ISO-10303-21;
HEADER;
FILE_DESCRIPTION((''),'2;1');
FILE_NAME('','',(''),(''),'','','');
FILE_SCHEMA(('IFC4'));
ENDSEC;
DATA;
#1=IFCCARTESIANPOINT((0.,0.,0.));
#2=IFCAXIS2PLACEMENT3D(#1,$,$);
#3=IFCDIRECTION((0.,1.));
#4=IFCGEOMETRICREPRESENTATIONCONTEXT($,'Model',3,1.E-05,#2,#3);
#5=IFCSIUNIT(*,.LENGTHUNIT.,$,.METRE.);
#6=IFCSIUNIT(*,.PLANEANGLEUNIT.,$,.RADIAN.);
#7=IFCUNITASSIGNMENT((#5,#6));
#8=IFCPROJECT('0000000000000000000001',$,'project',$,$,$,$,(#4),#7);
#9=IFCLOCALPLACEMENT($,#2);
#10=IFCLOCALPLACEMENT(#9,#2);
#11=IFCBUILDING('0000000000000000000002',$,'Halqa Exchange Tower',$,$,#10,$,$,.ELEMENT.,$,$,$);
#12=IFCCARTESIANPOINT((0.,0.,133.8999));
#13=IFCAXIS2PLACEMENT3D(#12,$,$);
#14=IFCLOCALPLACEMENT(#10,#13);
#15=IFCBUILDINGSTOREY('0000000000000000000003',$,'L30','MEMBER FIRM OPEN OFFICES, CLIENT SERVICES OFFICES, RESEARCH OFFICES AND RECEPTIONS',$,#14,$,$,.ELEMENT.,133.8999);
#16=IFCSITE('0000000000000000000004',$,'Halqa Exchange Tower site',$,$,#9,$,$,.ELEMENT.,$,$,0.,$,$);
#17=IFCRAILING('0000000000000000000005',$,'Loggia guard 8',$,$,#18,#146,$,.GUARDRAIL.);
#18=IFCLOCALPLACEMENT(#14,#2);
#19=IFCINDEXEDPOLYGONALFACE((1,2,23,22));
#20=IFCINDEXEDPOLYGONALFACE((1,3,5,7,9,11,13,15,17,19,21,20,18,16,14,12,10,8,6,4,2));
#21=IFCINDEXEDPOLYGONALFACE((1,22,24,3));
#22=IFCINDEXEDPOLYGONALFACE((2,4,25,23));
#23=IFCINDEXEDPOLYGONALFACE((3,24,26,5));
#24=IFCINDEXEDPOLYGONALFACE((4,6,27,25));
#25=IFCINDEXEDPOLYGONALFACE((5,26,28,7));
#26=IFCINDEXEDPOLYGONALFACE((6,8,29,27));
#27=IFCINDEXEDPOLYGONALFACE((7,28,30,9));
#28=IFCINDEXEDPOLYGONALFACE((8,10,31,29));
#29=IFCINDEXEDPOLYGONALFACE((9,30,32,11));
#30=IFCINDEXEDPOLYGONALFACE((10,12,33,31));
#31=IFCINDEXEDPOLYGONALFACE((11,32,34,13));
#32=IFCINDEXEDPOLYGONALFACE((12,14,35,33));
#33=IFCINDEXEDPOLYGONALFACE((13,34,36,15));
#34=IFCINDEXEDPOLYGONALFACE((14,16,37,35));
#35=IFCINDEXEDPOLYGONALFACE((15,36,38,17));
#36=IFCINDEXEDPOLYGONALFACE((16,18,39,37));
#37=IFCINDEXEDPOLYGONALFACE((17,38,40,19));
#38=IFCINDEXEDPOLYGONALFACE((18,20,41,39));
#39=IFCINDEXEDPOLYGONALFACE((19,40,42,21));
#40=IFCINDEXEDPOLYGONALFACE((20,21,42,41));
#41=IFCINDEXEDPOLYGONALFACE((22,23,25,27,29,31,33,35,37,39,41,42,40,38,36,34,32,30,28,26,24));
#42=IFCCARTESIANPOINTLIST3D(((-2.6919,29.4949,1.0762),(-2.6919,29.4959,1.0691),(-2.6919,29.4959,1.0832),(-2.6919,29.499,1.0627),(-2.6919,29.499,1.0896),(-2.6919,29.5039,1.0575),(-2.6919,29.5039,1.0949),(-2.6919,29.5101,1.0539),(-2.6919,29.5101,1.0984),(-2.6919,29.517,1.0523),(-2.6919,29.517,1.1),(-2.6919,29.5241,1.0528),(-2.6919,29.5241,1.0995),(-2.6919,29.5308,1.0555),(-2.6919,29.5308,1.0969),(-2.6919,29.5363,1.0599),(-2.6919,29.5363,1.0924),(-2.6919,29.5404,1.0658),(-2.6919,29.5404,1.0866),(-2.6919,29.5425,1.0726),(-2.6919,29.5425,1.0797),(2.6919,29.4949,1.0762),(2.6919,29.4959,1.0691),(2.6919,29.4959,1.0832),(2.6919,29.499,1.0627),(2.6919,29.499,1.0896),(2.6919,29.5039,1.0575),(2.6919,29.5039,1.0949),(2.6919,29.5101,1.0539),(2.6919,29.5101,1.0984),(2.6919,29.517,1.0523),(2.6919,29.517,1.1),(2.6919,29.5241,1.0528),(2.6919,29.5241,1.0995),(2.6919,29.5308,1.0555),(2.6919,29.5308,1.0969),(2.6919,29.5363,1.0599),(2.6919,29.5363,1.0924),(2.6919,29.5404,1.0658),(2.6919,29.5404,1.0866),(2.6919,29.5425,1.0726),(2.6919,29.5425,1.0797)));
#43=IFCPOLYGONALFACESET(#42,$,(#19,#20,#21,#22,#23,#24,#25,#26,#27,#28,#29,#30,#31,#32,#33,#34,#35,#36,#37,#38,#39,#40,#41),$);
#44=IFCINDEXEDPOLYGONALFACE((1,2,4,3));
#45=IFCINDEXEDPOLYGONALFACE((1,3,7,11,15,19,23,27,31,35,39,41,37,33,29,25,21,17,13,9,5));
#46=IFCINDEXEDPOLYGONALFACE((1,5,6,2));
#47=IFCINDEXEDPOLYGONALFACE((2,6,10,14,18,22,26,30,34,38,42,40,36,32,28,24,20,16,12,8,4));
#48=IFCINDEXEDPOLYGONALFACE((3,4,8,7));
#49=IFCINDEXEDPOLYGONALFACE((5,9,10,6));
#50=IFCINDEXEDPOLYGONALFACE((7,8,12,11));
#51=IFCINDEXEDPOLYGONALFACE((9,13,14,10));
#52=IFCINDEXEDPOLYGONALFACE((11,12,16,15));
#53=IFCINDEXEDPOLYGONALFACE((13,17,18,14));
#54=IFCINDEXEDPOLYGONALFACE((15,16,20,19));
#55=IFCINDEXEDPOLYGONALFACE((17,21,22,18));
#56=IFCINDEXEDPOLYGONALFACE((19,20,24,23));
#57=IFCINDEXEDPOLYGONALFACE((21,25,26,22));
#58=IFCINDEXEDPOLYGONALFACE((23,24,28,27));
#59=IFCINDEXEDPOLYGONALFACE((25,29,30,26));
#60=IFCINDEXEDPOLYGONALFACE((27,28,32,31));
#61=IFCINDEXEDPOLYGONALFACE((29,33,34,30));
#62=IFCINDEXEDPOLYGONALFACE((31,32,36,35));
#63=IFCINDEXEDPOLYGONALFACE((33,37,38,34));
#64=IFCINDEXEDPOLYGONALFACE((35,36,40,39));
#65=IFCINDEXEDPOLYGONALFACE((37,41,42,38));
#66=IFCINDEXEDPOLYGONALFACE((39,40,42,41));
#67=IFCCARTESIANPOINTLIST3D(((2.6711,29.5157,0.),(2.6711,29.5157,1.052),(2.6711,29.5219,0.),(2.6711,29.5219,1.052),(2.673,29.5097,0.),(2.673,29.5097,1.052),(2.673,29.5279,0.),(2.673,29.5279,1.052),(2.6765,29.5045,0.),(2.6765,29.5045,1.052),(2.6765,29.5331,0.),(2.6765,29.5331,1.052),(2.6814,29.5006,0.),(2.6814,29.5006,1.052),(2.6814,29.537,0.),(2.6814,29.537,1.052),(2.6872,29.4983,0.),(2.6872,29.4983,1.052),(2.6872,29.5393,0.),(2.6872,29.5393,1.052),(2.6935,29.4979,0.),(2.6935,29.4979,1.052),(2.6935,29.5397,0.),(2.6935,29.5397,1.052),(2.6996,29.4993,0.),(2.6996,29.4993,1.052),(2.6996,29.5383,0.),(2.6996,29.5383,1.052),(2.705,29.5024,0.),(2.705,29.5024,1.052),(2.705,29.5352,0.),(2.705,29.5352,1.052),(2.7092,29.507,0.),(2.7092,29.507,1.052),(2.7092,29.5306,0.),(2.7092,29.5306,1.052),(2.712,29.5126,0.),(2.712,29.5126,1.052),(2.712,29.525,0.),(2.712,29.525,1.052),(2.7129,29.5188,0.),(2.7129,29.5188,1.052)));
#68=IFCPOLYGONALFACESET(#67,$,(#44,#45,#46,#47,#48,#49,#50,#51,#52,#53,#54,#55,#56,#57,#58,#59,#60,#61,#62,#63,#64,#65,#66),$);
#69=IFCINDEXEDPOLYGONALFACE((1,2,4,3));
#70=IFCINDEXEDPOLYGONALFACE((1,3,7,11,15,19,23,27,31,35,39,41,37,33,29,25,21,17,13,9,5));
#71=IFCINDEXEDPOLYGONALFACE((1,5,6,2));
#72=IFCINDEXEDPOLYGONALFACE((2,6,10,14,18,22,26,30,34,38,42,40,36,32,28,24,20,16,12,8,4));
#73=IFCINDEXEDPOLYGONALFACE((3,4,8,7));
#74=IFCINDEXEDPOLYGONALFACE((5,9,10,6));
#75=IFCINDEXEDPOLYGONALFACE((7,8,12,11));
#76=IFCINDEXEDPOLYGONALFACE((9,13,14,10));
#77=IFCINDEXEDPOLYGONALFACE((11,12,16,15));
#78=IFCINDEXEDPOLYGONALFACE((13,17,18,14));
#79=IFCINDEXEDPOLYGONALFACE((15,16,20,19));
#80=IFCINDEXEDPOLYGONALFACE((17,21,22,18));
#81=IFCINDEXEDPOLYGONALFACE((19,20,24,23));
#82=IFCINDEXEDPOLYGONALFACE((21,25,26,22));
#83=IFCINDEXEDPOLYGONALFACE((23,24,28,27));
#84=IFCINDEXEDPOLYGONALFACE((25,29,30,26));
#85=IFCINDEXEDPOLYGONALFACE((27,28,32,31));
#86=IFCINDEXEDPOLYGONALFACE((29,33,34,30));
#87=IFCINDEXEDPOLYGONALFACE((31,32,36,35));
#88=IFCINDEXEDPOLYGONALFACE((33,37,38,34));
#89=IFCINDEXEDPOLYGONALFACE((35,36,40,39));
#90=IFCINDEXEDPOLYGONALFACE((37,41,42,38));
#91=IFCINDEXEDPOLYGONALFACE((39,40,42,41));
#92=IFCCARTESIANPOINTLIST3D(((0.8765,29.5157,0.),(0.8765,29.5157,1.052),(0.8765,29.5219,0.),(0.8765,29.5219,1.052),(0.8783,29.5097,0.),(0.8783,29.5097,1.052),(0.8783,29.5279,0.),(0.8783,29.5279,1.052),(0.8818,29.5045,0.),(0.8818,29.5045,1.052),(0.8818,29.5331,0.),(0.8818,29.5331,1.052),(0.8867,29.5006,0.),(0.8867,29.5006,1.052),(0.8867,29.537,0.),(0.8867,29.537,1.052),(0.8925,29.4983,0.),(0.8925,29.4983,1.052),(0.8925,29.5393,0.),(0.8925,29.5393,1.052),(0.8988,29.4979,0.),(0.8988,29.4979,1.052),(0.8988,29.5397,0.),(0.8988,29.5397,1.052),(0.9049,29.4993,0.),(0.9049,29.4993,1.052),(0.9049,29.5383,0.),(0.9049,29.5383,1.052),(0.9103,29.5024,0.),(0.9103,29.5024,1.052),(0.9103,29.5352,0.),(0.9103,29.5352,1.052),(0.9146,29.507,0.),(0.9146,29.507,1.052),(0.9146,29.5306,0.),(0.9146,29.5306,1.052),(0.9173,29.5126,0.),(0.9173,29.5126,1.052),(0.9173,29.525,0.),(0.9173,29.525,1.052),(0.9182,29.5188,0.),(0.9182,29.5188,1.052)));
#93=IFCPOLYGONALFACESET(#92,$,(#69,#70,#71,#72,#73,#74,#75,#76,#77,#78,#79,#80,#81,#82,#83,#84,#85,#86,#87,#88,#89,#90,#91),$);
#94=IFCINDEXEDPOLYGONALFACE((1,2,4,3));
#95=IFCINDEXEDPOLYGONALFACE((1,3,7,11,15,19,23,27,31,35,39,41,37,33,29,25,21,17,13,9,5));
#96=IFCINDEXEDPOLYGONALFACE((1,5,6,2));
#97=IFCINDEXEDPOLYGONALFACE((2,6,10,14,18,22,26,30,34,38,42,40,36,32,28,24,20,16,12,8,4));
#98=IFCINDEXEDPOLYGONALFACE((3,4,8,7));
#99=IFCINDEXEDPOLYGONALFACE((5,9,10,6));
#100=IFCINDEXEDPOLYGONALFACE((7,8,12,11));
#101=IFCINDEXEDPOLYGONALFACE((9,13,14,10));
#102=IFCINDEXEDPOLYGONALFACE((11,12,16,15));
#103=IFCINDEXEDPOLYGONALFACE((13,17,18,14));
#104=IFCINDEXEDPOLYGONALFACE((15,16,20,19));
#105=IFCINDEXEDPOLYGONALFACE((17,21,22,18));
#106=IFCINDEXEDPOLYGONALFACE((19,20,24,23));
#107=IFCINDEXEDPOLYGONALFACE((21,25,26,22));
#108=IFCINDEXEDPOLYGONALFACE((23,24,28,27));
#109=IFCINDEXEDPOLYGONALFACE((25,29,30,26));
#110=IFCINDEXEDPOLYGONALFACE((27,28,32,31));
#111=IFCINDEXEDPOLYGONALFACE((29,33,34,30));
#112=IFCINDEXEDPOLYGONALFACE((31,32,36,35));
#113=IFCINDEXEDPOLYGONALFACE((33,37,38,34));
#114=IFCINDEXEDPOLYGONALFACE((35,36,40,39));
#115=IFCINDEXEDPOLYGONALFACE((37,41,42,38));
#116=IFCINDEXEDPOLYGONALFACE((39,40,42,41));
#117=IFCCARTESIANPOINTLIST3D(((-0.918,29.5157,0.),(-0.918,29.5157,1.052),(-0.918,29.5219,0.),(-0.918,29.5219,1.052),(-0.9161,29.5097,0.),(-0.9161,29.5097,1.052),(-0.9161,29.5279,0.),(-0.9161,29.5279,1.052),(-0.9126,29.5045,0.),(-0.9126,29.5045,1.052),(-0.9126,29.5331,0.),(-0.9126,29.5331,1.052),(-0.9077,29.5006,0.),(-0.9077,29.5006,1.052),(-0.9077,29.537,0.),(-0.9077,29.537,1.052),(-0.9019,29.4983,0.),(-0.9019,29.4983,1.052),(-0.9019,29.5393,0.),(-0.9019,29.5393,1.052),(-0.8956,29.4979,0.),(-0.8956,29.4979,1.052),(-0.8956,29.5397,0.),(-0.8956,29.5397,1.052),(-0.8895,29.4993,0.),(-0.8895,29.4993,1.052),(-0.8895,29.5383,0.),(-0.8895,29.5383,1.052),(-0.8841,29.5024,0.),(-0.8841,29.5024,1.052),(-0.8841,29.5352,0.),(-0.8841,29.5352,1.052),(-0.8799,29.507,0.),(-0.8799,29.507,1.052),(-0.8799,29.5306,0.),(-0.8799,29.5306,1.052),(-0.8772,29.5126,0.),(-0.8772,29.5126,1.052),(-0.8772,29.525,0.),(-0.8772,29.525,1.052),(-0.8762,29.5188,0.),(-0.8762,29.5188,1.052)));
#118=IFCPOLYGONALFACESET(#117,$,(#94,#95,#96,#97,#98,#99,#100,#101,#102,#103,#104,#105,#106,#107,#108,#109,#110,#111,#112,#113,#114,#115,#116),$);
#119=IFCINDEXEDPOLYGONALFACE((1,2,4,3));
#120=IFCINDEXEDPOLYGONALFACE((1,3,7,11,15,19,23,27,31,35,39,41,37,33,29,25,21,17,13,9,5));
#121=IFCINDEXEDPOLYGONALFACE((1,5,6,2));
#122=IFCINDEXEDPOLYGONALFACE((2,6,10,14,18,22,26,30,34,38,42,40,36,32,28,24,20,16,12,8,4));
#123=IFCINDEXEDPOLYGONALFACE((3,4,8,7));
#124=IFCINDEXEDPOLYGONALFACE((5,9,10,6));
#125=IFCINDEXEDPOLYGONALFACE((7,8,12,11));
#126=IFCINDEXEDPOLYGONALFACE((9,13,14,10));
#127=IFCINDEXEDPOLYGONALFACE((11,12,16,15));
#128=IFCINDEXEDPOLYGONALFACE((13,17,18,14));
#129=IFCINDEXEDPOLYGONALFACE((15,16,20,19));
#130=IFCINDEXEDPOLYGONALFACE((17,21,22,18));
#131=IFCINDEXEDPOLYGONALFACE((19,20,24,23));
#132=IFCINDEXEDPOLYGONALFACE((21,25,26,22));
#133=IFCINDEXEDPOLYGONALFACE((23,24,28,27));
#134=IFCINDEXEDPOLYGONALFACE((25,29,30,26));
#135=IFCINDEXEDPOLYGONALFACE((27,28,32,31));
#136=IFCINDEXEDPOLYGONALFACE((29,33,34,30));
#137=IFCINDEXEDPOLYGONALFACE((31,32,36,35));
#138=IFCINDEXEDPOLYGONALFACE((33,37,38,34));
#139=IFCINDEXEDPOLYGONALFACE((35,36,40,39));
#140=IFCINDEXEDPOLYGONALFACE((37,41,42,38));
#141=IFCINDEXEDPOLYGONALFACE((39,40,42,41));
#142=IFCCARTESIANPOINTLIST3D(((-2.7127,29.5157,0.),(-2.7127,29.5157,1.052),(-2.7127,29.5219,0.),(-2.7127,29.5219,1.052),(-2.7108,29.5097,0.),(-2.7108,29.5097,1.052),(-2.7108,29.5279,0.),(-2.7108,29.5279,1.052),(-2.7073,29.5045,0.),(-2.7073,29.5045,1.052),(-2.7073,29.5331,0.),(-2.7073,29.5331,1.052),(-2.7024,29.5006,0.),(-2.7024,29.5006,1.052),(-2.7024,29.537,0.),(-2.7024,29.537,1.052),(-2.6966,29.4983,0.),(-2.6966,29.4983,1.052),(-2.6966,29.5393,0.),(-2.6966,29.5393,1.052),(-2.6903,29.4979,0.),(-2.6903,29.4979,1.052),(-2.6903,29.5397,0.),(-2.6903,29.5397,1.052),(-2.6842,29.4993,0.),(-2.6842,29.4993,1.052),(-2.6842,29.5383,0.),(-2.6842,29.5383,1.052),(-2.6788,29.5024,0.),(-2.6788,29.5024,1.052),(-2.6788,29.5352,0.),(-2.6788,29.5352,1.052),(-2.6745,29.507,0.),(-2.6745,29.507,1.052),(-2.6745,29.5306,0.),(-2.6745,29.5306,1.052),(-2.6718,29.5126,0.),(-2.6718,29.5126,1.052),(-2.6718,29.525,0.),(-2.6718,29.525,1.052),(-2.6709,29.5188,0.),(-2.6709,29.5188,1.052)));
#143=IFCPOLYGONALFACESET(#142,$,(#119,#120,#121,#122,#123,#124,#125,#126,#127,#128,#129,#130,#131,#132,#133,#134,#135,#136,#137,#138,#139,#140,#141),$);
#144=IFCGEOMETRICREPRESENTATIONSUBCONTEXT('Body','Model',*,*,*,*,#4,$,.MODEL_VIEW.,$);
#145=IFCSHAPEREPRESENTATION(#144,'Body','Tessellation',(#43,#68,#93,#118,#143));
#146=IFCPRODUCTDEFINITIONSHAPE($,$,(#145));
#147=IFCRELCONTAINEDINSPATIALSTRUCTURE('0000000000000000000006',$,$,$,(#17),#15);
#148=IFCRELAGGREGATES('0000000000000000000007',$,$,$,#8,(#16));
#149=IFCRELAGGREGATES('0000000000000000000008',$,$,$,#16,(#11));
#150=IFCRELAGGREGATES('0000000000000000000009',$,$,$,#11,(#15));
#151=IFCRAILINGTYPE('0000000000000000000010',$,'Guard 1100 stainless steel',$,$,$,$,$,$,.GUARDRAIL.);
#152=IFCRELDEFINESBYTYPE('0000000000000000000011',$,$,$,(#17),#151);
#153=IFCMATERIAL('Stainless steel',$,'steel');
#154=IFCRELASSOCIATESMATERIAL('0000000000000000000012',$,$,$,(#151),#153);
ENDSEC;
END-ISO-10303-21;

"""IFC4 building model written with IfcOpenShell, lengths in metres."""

from ifc_helpers import new_model, si_unit, direction, frame, origin, origin_2d, place, context, subcontext, project, spatial, circle, extrude, material, type_object, element, save


model = new_model("IFC4")

# Units and contexts
model_context = context("Model", 3, precision=1e-05, world=origin(), true_north=direction((0.0, 1.0)))
body_context = subcontext(model_context, "Body", "Model", "MODEL_VIEW")
ifc_project = project(units=[si_unit("LENGTHUNIT", "METRE"), si_unit("PLANEANGLEUNIT", "RADIAN")], contexts=[model_context])

# Site, building, storey
site_placement = place(None, origin())
site = spatial("IfcSite", under=ifc_project, at=site_placement, Name="Halqa Exchange Tower site", CompositionType="ELEMENT", RefElevation=0.0)
building_placement = place(site_placement, origin())
building = spatial("IfcBuilding", under=site, at=building_placement, Name="Halqa Exchange Tower", CompositionType="ELEMENT")
storey_placement = place(building_placement, frame((0.0, 0.0, 133.8999)))
storey = spatial("IfcBuildingStorey", under=building, at=storey_placement, Name="L30", Description="MEMBER FIRM OPEN OFFICES, CLIENT SERVICES OFFICES, RESEARCH OFFICES AND RECEPTIONS", CompositionType="ELEMENT", Elevation=133.8999)

# Railing
ifc_material_1 = material(Name="Stainless steel", Category="steel")
railing_type_1 = type_object("IfcRailingType", Name="Guard 1100 stainless steel", PredefinedType="GUARDRAIL", material=ifc_material_1)
railing_1_placement = place(storey_placement, frame((2.6919, 29.5188, 0.0)))
element("IfcRailing", 1, at=railing_1_placement, inside=storey, type_object=railing_type_1, Name="Loggia guard 8", PredefinedType="GUARDRAIL", context=body_context, shape_type="SweptSolid", body=[
    extrude(circle(Radius=0.0239, at=origin_2d()), frame((0.0, 0.0, 1.0762), z_axis=(-1.0, 0.0, 0.0), x_axis=(0.0, -1.0, 0.0)), (0.0, 0.0, 1.0), 5.3838),
    extrude(circle(Radius=0.021, at=origin_2d()), origin(), (0.0, 0.0, 1.0), 1.052),
    extrude(circle(Radius=0.021, at=origin_2d()), frame((-1.7947, 0.0, 0.0)), (0.0, 0.0, 1.0), 1.052),
    extrude(circle(Radius=0.021, at=origin_2d()), frame((-3.5891, 0.0, 0.0)), (0.0, 0.0, 1.0), 1.052),
    extrude(circle(Radius=0.021, at=origin_2d()), frame((-5.3838, 0.0, 0.0)), (0.0, 0.0, 1.0), 1.052),
])

save(model, "model.ifc")
